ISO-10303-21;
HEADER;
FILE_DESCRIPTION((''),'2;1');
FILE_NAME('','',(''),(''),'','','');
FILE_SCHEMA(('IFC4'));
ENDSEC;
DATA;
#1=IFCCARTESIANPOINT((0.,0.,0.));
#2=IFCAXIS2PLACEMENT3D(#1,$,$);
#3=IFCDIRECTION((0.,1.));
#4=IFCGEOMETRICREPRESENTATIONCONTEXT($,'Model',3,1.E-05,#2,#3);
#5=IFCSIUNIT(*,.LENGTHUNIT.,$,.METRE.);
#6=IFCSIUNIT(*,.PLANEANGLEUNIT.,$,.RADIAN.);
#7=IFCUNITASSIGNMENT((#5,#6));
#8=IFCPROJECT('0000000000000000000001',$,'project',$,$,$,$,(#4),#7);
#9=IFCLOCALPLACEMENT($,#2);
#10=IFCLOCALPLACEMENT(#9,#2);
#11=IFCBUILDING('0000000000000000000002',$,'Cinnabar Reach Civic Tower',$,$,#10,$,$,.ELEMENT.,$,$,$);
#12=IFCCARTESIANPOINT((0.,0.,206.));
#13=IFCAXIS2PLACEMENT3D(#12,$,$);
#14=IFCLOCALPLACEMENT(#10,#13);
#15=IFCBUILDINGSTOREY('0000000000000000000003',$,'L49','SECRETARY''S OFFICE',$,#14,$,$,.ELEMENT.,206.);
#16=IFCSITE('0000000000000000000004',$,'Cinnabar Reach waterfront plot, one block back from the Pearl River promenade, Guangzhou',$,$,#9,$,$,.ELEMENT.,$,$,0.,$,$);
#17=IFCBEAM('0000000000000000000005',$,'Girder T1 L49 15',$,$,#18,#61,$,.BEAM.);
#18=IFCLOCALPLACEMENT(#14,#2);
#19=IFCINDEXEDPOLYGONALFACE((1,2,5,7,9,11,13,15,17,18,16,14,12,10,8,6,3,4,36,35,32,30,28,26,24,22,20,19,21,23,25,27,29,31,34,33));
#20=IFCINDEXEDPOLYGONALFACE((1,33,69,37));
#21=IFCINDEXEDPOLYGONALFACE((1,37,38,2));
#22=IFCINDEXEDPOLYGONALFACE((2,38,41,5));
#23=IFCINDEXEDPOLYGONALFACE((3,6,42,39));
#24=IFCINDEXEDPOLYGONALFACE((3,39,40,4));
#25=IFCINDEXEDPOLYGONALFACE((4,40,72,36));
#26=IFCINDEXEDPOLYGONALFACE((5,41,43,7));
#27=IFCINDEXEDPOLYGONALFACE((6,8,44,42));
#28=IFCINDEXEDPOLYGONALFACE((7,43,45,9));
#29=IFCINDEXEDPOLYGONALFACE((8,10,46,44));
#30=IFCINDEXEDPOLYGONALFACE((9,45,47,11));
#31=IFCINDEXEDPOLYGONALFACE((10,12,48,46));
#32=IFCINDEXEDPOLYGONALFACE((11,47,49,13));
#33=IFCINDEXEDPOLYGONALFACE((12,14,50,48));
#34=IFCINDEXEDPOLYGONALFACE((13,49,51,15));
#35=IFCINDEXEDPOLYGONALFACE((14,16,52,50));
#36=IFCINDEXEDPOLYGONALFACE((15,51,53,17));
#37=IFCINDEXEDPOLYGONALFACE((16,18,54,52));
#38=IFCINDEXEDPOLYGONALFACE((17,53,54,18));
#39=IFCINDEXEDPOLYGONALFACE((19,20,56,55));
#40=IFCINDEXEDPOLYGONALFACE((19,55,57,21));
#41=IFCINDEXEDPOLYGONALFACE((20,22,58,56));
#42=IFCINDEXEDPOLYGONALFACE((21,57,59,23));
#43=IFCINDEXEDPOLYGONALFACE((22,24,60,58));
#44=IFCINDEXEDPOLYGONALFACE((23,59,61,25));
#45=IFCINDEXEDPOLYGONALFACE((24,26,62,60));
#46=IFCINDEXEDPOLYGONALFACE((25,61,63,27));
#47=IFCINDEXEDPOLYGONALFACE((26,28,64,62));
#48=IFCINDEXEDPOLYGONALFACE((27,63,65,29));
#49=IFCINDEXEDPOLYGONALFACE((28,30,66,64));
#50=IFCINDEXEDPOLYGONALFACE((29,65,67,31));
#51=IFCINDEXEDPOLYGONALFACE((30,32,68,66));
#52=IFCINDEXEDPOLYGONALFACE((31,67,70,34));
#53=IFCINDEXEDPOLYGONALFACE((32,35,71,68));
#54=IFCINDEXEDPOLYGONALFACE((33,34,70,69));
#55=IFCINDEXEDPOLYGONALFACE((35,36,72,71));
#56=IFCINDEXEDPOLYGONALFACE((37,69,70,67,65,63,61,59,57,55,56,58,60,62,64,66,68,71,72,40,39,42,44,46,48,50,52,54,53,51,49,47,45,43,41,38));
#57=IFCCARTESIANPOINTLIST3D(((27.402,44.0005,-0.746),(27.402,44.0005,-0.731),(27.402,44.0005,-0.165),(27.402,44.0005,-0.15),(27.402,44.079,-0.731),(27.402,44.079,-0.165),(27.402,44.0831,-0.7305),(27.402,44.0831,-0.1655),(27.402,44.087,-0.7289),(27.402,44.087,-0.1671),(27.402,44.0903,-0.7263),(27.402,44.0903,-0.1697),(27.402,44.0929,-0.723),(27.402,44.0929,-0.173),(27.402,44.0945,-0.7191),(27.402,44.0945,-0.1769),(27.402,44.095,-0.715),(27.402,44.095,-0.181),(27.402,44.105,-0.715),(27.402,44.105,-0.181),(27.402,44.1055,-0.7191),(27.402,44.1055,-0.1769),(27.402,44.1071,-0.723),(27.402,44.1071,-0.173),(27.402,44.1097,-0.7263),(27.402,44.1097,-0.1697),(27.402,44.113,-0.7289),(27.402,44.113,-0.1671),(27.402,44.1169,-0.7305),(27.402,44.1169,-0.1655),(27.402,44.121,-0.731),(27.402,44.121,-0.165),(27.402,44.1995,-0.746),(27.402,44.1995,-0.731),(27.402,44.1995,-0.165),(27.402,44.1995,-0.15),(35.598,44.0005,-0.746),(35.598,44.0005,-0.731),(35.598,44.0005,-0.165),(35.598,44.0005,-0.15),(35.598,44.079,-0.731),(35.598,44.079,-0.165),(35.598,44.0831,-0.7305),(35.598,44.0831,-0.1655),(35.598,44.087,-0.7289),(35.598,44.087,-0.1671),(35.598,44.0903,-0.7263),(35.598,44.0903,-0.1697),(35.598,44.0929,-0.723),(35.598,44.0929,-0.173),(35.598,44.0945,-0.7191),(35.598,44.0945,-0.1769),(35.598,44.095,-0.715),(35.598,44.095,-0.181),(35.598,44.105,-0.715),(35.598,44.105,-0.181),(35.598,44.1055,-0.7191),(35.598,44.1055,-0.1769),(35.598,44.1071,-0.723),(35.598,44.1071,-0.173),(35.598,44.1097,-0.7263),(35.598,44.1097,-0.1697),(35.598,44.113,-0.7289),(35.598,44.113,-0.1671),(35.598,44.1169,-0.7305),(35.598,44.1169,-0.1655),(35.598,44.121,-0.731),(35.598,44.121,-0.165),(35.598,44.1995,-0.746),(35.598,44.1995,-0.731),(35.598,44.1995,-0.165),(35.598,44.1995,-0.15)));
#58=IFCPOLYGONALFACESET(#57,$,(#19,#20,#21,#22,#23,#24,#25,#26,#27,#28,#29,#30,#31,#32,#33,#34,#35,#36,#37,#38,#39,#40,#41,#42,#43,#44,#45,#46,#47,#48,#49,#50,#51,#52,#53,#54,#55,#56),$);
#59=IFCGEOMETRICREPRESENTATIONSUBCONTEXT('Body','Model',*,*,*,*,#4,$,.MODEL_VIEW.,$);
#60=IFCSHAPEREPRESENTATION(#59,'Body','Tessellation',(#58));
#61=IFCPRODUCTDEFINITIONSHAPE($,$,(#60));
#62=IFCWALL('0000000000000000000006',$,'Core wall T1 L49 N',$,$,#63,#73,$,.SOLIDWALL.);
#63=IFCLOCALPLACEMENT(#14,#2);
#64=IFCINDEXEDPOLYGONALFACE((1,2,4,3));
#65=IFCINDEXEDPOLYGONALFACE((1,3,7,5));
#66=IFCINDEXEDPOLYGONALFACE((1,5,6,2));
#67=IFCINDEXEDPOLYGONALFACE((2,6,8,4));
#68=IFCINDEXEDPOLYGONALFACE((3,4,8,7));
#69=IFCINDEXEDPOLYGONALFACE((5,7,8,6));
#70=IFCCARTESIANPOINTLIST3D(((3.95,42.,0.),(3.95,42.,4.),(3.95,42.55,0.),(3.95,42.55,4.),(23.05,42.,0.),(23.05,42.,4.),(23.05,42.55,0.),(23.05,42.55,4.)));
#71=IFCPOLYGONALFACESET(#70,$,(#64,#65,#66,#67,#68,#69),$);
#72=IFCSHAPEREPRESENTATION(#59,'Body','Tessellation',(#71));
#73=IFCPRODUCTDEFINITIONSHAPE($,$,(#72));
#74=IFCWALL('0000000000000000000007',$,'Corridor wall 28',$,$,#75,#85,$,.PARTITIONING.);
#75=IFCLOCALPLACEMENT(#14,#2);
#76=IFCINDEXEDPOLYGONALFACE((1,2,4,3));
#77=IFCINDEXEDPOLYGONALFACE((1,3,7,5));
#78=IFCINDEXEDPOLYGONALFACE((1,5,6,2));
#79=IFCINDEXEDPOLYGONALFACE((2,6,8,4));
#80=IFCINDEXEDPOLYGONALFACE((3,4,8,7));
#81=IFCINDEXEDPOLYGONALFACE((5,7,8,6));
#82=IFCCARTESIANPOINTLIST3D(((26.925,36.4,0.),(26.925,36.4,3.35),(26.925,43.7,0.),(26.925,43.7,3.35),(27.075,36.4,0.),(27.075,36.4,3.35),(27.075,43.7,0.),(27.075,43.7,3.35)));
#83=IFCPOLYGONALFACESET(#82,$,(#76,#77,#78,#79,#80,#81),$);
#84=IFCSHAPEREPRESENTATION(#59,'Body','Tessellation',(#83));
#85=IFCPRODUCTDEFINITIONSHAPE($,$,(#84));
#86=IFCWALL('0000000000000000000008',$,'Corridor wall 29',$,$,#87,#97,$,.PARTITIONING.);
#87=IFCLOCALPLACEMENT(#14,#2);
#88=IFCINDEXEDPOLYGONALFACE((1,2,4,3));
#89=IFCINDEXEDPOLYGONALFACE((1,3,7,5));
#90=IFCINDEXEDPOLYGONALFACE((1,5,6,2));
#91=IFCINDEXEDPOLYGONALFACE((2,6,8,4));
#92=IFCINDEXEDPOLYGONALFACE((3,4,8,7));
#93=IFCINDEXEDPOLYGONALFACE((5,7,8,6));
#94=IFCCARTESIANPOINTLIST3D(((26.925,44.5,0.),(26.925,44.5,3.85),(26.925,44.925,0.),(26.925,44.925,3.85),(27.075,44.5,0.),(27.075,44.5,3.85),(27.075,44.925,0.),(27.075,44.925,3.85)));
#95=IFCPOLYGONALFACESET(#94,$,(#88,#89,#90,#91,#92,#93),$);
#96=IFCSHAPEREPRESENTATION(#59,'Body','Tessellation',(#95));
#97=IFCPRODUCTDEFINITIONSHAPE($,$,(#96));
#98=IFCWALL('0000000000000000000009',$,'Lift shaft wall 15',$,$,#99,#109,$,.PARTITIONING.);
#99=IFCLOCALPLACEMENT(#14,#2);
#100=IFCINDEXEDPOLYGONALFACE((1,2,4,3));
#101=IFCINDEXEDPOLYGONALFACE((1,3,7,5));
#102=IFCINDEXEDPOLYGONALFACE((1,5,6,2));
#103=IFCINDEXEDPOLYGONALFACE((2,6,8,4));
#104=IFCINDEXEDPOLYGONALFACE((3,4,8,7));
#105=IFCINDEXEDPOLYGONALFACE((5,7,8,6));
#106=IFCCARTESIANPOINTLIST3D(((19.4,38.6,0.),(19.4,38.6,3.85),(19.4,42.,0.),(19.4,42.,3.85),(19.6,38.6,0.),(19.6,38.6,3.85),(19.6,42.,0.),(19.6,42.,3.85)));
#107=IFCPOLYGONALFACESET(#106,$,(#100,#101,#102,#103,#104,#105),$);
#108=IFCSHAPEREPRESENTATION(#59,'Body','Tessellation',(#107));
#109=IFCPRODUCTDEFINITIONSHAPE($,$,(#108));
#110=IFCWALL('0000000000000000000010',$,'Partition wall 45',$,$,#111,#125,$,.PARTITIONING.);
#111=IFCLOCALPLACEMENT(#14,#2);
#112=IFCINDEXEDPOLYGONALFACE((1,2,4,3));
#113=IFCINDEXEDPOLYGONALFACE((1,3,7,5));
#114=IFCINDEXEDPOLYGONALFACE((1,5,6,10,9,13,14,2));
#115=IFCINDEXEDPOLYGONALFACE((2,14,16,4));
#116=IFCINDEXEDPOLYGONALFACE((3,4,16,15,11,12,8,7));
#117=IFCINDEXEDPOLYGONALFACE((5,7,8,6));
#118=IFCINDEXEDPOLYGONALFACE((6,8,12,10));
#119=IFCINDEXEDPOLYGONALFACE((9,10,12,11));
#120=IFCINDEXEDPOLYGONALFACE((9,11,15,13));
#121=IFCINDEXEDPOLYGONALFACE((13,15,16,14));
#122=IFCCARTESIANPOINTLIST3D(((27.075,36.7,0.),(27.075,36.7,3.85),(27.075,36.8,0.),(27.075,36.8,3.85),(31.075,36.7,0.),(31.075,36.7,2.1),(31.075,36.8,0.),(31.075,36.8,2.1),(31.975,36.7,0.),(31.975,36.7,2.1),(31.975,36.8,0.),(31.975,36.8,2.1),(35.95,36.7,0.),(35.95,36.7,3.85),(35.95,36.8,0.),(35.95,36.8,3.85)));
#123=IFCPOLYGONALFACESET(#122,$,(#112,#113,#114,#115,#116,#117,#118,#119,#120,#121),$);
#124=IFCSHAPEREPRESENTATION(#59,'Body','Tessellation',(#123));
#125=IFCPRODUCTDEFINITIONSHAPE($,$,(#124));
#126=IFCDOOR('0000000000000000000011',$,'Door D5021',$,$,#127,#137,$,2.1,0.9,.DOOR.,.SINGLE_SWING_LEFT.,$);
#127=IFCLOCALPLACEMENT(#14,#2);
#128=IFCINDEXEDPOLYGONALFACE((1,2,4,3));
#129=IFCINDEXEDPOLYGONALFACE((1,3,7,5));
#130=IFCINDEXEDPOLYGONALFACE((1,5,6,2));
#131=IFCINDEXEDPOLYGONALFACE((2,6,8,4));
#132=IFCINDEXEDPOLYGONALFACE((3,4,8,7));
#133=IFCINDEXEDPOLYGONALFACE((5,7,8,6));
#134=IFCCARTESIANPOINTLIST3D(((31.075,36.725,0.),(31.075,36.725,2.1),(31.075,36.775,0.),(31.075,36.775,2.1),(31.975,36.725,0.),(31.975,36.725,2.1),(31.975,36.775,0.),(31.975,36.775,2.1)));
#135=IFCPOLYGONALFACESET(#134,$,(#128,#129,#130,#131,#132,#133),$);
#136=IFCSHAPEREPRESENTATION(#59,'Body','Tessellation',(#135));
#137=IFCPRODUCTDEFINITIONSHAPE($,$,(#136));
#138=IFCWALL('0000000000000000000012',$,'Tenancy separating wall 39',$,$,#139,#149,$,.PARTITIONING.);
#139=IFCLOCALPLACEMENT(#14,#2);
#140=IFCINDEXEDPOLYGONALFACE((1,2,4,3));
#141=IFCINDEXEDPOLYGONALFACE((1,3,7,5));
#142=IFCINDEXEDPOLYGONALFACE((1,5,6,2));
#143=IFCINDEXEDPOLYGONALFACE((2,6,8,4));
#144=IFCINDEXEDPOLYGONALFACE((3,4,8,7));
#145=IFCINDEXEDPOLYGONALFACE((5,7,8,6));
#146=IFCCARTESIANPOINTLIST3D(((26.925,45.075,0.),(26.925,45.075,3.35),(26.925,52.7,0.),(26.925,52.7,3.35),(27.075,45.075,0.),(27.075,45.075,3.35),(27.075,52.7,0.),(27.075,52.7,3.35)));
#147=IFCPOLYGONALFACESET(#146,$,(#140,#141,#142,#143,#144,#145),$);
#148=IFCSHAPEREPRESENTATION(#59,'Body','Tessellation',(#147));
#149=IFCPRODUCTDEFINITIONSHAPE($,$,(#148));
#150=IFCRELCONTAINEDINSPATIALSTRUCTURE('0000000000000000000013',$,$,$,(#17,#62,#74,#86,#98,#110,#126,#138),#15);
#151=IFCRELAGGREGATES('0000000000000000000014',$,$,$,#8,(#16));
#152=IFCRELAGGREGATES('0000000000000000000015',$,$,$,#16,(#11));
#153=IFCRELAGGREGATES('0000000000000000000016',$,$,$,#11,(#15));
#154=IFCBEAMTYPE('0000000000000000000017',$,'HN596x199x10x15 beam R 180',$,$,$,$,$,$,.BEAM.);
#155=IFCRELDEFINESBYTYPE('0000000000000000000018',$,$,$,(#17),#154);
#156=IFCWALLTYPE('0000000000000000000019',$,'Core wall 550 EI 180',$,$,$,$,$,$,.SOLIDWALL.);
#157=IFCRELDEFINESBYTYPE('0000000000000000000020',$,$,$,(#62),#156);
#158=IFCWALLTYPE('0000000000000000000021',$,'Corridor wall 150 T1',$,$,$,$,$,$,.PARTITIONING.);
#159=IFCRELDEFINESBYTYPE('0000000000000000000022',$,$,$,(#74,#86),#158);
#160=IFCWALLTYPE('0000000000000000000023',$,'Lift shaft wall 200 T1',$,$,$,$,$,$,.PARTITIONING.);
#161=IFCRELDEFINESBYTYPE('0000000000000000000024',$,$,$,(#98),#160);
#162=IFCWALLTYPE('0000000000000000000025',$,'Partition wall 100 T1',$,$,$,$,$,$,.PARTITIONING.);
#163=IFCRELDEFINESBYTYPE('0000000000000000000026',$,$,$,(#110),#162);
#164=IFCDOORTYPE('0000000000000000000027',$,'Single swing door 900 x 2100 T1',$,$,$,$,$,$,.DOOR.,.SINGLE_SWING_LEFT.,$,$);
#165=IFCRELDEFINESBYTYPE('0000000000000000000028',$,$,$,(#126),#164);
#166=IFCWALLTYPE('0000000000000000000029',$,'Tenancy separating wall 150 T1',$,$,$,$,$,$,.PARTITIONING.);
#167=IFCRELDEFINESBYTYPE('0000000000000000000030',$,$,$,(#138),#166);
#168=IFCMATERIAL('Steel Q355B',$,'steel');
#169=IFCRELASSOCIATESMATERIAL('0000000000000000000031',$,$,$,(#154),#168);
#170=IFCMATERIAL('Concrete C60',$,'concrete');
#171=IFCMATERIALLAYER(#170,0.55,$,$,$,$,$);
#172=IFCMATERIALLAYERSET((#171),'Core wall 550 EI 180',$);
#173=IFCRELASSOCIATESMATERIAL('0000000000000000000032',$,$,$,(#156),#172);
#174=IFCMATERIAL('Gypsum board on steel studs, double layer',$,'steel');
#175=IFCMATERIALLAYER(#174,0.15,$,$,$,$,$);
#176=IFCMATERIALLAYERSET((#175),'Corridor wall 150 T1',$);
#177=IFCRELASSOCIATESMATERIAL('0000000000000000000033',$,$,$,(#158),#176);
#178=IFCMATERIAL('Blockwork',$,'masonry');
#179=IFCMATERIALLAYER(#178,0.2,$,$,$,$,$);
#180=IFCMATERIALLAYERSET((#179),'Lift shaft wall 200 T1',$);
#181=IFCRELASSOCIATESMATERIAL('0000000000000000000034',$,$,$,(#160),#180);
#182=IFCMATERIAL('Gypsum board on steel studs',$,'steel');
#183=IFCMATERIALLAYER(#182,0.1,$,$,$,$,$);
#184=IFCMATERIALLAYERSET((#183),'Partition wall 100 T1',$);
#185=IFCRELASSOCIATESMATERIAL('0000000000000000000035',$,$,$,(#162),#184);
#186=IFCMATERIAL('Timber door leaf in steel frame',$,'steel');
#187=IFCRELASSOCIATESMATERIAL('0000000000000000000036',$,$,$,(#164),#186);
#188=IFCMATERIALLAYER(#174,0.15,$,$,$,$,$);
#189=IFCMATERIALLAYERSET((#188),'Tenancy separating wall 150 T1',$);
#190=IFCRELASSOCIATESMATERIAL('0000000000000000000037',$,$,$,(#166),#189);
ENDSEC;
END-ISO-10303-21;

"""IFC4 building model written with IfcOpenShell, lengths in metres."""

from ifc_helpers import new_model, si_unit, direction, frame, frame_2d, origin, origin_2d, place, context, subcontext, project, spatial, rectangle, i_section, extrude, material, layer, layer_set, material_profile, profile_set, type_object, element, fill, save


model = new_model("IFC4")

# Units and contexts
model_context = context("Model", 3, precision=1e-05, world=origin(), true_north=direction((0.0, 1.0)))
body_context = subcontext(model_context, "Body", "Model", "MODEL_VIEW")
ifc_project = project(units=[si_unit("LENGTHUNIT", "METRE"), si_unit("PLANEANGLEUNIT", "RADIAN")], contexts=[model_context])

# Site, building, storey
site_placement = place(None, origin())
site = spatial("IfcSite", under=ifc_project, at=site_placement, Name="Cinnabar Reach waterfront plot, one block back from the Pearl River promenade, Guangzhou", CompositionType="ELEMENT", RefElevation=0.0)
building_placement = place(site_placement, origin())
building = spatial("IfcBuilding", under=site, at=building_placement, Name="Cinnabar Reach Civic Tower", CompositionType="ELEMENT")
storey_placement = place(building_placement, frame((0.0, 0.0, 206.0)))
storey = spatial("IfcBuildingStorey", under=building, at=storey_placement, Name="L49", Description="SECRETARY'S OFFICE", CompositionType="ELEMENT", Elevation=206.0)

# Shared definitions
ifc_material_1 = material(Name="Concrete C60", Category="concrete")

# Beam
ifc_material_2 = material(Name="Steel Q355B", Category="steel")
ifc_material_profile_1 = material_profile(ifc_material_2, i_section(OverallWidth=0.199, OverallDepth=0.596, WebThickness=0.01, FlangeThickness=0.015, FilletRadius=0.016, at=origin_2d()), Name="HN596x199x10x15")
ifc_profile_set_1 = profile_set([ifc_material_profile_1], Name="Steel Q355B")
beam_type_1 = type_object("IfcBeamType", Name="HN596x199x10x15 beam R 180", PredefinedType="BEAM", material=ifc_profile_set_1)
for number, where, z_axis, x_axis, name in (
    (1, (27.402, 44.1, -0.448), (1.0, 0.0, 0.0), (0.0, 1.0, 0.0), "Girder T1 L49 15"),
):
    element("IfcBeam", number, at=place(storey_placement, frame(where, z_axis=z_axis, x_axis=x_axis)), inside=storey, type_object=beam_type_1, Name=name, PredefinedType="BEAM", context=body_context, shape_type="SweptSolid", body=[
        extrude(i_section(OverallWidth=0.199, OverallDepth=0.596, WebThickness=0.01, FlangeThickness=0.015, FilletRadius=0.016, at=origin_2d()), origin(), (0.0, 0.0, 1.0), 8.196),
    ])

# Walls
ifc_layer_1 = layer(ifc_material_1, 0.55)
ifc_layer_set_1 = layer_set([ifc_layer_1], Name="Core wall 550 EI 180")
wall_type_1 = type_object("IfcWallType", Name="Core wall 550 EI 180", PredefinedType="SOLIDWALL", material=ifc_layer_set_1)
wall_1_placement = place(storey_placement, frame((23.05, 42.275, 0.0), z_axis=(0.0, 0.0, 1.0), x_axis=(-1.0, 0.0, 0.0)))
element("IfcWall", 2, at=wall_1_placement, inside=storey, type_object=wall_type_1, Name="Core wall T1 L49 N", PredefinedType="SOLIDWALL", context=body_context, shape_type="SweptSolid", body=[
    extrude(rectangle(XDim=19.1, YDim=0.55, at=frame_2d((9.55, 0.0))), origin(), (0.0, 0.0, 1.0), 4.0),
])
ifc_material_3 = material(Name="Gypsum board on steel studs, double layer", Category="steel")
ifc_layer_2 = layer(ifc_material_3, 0.15)
ifc_layer_set_2 = layer_set([ifc_layer_2], Name="Corridor wall 150 T1")
wall_type_2 = type_object("IfcWallType", Name="Corridor wall 150 T1", PredefinedType="PARTITIONING", material=ifc_layer_set_2)
wall_2_placement = place(storey_placement, frame((27.0, 36.4, 0.0), z_axis=(0.0, 0.0, 1.0), x_axis=(0.0, 1.0, 0.0)))
element("IfcWall", 3, at=wall_2_placement, inside=storey, type_object=wall_type_2, Name="Corridor wall 28", PredefinedType="PARTITIONING", context=body_context, shape_type="SweptSolid", body=[
    extrude(rectangle(XDim=7.3, YDim=0.15, at=frame_2d((3.65, 0.0))), origin(), (0.0, 0.0, 1.0), 3.35),
])
wall_3_placement = place(storey_placement, frame((27.0, 44.5, 0.0), z_axis=(0.0, 0.0, 1.0), x_axis=(0.0, 1.0, 0.0)))
element("IfcWall", 4, at=wall_3_placement, inside=storey, type_object=wall_type_2, Name="Corridor wall 29", PredefinedType="PARTITIONING", context=body_context, shape_type="SweptSolid", body=[
    extrude(rectangle(XDim=0.425, YDim=0.15, at=frame_2d((0.2125, 0.0))), origin(), (0.0, 0.0, 1.0), 3.85),
])
ifc_material_4 = material(Name="Blockwork", Category="masonry")
ifc_layer_3 = layer(ifc_material_4, 0.2)
ifc_layer_set_3 = layer_set([ifc_layer_3], Name="Lift shaft wall 200 T1")
wall_type_3 = type_object("IfcWallType", Name="Lift shaft wall 200 T1", PredefinedType="PARTITIONING", material=ifc_layer_set_3)
wall_4_placement = place(storey_placement, frame((19.5, 38.6, 0.0), z_axis=(0.0, 0.0, 1.0), x_axis=(0.0, 1.0, 0.0)))
element("IfcWall", 5, at=wall_4_placement, inside=storey, type_object=wall_type_3, Name="Lift shaft wall 15", PredefinedType="PARTITIONING", context=body_context, shape_type="SweptSolid", body=[
    extrude(rectangle(XDim=3.4, YDim=0.2, at=frame_2d((1.7, 0.0))), origin(), (0.0, 0.0, 1.0), 3.85),
])

# Wall, opening, door
ifc_material_5 = material(Name="Gypsum board on steel studs", Category="steel")
ifc_layer_4 = layer(ifc_material_5, 0.1)
ifc_layer_set_4 = layer_set([ifc_layer_4], Name="Partition wall 100 T1")
wall_type_4 = type_object("IfcWallType", Name="Partition wall 100 T1", PredefinedType="PARTITIONING", material=ifc_layer_set_4)
wall_5_placement = place(storey_placement, frame((27.075, 36.75, 0.0), z_axis=(0.0, 0.0, 1.0), x_axis=(1.0, 0.0, 0.0)))
wall_5 = element("IfcWall", 6, at=wall_5_placement, inside=storey, type_object=wall_type_4, Name="Partition wall 45", PredefinedType="PARTITIONING", context=body_context, shape_type="SweptSolid", body=[
    extrude(rectangle(XDim=8.875, YDim=0.1, at=frame_2d((4.4375, 0.0))), origin(), (0.0, 0.0, 1.0), 3.85),
])
opening_placement = place(wall_5_placement, frame((4.0, 0.0, 0.0)))
opening = element("IfcOpeningElement", 7, at=opening_placement, cuts=wall_5, PredefinedType="OPENING", context=body_context, shape_type="SweptSolid", body=[
    extrude(rectangle(XDim=0.9, YDim=2.1, at=frame_2d((0.45, 1.05))), frame((0.0, 0.06, 0.0), z_axis=(0.0, -1.0, 0.0), x_axis=(1.0, 0.0, 0.0)), (0.0, 0.0, 1.0), 0.12),
])
ifc_material_6 = material(Name="Timber door leaf in steel frame", Category="steel")
door_type = type_object("IfcDoorType", Name="Single swing door 900 x 2100 T1", OperationType="SINGLE_SWING_LEFT", PredefinedType="DOOR", material=ifc_material_6)
door_placement = place(opening_placement, frame((0.9, 0.0, 0.0), z_axis=(0.0, 0.0, 1.0), x_axis=(-1.0, 0.0, 0.0)))
door = element("IfcDoor", 8, at=door_placement, inside=storey, type_object=door_type, Name="Door D5021", OperationType="SINGLE_SWING_LEFT", OverallHeight=2.1, OverallWidth=0.9, PredefinedType="DOOR", context=body_context, shape_type="SweptSolid", body=[
    extrude(rectangle(XDim=0.9, YDim=2.1, at=frame_2d((0.45, 1.05))), frame((0.0, 0.025, 0.0), z_axis=(0.0, -1.0, 0.0), x_axis=(1.0, 0.0, 0.0)), (0.0, 0.0, 1.0), 0.05),
])
fill(opening, door)

# Wall
ifc_layer_5 = layer(ifc_material_3, 0.15)
ifc_layer_set_5 = layer_set([ifc_layer_5], Name="Tenancy separating wall 150 T1")
wall_type_5 = type_object("IfcWallType", Name="Tenancy separating wall 150 T1", PredefinedType="PARTITIONING", material=ifc_layer_set_5)
wall_6_placement = place(storey_placement, frame((27.0, 45.075, 0.0), z_axis=(0.0, 0.0, 1.0), x_axis=(0.0, 1.0, 0.0)))
element("IfcWall", 9, at=wall_6_placement, inside=storey, type_object=wall_type_5, Name="Tenancy separating wall 39", PredefinedType="PARTITIONING", context=body_context, shape_type="SweptSolid", body=[
    extrude(rectangle(XDim=7.625, YDim=0.15, at=frame_2d((3.8125, 0.0))), origin(), (0.0, 0.0, 1.0), 3.35),
])

save(model, "model.ifc")
